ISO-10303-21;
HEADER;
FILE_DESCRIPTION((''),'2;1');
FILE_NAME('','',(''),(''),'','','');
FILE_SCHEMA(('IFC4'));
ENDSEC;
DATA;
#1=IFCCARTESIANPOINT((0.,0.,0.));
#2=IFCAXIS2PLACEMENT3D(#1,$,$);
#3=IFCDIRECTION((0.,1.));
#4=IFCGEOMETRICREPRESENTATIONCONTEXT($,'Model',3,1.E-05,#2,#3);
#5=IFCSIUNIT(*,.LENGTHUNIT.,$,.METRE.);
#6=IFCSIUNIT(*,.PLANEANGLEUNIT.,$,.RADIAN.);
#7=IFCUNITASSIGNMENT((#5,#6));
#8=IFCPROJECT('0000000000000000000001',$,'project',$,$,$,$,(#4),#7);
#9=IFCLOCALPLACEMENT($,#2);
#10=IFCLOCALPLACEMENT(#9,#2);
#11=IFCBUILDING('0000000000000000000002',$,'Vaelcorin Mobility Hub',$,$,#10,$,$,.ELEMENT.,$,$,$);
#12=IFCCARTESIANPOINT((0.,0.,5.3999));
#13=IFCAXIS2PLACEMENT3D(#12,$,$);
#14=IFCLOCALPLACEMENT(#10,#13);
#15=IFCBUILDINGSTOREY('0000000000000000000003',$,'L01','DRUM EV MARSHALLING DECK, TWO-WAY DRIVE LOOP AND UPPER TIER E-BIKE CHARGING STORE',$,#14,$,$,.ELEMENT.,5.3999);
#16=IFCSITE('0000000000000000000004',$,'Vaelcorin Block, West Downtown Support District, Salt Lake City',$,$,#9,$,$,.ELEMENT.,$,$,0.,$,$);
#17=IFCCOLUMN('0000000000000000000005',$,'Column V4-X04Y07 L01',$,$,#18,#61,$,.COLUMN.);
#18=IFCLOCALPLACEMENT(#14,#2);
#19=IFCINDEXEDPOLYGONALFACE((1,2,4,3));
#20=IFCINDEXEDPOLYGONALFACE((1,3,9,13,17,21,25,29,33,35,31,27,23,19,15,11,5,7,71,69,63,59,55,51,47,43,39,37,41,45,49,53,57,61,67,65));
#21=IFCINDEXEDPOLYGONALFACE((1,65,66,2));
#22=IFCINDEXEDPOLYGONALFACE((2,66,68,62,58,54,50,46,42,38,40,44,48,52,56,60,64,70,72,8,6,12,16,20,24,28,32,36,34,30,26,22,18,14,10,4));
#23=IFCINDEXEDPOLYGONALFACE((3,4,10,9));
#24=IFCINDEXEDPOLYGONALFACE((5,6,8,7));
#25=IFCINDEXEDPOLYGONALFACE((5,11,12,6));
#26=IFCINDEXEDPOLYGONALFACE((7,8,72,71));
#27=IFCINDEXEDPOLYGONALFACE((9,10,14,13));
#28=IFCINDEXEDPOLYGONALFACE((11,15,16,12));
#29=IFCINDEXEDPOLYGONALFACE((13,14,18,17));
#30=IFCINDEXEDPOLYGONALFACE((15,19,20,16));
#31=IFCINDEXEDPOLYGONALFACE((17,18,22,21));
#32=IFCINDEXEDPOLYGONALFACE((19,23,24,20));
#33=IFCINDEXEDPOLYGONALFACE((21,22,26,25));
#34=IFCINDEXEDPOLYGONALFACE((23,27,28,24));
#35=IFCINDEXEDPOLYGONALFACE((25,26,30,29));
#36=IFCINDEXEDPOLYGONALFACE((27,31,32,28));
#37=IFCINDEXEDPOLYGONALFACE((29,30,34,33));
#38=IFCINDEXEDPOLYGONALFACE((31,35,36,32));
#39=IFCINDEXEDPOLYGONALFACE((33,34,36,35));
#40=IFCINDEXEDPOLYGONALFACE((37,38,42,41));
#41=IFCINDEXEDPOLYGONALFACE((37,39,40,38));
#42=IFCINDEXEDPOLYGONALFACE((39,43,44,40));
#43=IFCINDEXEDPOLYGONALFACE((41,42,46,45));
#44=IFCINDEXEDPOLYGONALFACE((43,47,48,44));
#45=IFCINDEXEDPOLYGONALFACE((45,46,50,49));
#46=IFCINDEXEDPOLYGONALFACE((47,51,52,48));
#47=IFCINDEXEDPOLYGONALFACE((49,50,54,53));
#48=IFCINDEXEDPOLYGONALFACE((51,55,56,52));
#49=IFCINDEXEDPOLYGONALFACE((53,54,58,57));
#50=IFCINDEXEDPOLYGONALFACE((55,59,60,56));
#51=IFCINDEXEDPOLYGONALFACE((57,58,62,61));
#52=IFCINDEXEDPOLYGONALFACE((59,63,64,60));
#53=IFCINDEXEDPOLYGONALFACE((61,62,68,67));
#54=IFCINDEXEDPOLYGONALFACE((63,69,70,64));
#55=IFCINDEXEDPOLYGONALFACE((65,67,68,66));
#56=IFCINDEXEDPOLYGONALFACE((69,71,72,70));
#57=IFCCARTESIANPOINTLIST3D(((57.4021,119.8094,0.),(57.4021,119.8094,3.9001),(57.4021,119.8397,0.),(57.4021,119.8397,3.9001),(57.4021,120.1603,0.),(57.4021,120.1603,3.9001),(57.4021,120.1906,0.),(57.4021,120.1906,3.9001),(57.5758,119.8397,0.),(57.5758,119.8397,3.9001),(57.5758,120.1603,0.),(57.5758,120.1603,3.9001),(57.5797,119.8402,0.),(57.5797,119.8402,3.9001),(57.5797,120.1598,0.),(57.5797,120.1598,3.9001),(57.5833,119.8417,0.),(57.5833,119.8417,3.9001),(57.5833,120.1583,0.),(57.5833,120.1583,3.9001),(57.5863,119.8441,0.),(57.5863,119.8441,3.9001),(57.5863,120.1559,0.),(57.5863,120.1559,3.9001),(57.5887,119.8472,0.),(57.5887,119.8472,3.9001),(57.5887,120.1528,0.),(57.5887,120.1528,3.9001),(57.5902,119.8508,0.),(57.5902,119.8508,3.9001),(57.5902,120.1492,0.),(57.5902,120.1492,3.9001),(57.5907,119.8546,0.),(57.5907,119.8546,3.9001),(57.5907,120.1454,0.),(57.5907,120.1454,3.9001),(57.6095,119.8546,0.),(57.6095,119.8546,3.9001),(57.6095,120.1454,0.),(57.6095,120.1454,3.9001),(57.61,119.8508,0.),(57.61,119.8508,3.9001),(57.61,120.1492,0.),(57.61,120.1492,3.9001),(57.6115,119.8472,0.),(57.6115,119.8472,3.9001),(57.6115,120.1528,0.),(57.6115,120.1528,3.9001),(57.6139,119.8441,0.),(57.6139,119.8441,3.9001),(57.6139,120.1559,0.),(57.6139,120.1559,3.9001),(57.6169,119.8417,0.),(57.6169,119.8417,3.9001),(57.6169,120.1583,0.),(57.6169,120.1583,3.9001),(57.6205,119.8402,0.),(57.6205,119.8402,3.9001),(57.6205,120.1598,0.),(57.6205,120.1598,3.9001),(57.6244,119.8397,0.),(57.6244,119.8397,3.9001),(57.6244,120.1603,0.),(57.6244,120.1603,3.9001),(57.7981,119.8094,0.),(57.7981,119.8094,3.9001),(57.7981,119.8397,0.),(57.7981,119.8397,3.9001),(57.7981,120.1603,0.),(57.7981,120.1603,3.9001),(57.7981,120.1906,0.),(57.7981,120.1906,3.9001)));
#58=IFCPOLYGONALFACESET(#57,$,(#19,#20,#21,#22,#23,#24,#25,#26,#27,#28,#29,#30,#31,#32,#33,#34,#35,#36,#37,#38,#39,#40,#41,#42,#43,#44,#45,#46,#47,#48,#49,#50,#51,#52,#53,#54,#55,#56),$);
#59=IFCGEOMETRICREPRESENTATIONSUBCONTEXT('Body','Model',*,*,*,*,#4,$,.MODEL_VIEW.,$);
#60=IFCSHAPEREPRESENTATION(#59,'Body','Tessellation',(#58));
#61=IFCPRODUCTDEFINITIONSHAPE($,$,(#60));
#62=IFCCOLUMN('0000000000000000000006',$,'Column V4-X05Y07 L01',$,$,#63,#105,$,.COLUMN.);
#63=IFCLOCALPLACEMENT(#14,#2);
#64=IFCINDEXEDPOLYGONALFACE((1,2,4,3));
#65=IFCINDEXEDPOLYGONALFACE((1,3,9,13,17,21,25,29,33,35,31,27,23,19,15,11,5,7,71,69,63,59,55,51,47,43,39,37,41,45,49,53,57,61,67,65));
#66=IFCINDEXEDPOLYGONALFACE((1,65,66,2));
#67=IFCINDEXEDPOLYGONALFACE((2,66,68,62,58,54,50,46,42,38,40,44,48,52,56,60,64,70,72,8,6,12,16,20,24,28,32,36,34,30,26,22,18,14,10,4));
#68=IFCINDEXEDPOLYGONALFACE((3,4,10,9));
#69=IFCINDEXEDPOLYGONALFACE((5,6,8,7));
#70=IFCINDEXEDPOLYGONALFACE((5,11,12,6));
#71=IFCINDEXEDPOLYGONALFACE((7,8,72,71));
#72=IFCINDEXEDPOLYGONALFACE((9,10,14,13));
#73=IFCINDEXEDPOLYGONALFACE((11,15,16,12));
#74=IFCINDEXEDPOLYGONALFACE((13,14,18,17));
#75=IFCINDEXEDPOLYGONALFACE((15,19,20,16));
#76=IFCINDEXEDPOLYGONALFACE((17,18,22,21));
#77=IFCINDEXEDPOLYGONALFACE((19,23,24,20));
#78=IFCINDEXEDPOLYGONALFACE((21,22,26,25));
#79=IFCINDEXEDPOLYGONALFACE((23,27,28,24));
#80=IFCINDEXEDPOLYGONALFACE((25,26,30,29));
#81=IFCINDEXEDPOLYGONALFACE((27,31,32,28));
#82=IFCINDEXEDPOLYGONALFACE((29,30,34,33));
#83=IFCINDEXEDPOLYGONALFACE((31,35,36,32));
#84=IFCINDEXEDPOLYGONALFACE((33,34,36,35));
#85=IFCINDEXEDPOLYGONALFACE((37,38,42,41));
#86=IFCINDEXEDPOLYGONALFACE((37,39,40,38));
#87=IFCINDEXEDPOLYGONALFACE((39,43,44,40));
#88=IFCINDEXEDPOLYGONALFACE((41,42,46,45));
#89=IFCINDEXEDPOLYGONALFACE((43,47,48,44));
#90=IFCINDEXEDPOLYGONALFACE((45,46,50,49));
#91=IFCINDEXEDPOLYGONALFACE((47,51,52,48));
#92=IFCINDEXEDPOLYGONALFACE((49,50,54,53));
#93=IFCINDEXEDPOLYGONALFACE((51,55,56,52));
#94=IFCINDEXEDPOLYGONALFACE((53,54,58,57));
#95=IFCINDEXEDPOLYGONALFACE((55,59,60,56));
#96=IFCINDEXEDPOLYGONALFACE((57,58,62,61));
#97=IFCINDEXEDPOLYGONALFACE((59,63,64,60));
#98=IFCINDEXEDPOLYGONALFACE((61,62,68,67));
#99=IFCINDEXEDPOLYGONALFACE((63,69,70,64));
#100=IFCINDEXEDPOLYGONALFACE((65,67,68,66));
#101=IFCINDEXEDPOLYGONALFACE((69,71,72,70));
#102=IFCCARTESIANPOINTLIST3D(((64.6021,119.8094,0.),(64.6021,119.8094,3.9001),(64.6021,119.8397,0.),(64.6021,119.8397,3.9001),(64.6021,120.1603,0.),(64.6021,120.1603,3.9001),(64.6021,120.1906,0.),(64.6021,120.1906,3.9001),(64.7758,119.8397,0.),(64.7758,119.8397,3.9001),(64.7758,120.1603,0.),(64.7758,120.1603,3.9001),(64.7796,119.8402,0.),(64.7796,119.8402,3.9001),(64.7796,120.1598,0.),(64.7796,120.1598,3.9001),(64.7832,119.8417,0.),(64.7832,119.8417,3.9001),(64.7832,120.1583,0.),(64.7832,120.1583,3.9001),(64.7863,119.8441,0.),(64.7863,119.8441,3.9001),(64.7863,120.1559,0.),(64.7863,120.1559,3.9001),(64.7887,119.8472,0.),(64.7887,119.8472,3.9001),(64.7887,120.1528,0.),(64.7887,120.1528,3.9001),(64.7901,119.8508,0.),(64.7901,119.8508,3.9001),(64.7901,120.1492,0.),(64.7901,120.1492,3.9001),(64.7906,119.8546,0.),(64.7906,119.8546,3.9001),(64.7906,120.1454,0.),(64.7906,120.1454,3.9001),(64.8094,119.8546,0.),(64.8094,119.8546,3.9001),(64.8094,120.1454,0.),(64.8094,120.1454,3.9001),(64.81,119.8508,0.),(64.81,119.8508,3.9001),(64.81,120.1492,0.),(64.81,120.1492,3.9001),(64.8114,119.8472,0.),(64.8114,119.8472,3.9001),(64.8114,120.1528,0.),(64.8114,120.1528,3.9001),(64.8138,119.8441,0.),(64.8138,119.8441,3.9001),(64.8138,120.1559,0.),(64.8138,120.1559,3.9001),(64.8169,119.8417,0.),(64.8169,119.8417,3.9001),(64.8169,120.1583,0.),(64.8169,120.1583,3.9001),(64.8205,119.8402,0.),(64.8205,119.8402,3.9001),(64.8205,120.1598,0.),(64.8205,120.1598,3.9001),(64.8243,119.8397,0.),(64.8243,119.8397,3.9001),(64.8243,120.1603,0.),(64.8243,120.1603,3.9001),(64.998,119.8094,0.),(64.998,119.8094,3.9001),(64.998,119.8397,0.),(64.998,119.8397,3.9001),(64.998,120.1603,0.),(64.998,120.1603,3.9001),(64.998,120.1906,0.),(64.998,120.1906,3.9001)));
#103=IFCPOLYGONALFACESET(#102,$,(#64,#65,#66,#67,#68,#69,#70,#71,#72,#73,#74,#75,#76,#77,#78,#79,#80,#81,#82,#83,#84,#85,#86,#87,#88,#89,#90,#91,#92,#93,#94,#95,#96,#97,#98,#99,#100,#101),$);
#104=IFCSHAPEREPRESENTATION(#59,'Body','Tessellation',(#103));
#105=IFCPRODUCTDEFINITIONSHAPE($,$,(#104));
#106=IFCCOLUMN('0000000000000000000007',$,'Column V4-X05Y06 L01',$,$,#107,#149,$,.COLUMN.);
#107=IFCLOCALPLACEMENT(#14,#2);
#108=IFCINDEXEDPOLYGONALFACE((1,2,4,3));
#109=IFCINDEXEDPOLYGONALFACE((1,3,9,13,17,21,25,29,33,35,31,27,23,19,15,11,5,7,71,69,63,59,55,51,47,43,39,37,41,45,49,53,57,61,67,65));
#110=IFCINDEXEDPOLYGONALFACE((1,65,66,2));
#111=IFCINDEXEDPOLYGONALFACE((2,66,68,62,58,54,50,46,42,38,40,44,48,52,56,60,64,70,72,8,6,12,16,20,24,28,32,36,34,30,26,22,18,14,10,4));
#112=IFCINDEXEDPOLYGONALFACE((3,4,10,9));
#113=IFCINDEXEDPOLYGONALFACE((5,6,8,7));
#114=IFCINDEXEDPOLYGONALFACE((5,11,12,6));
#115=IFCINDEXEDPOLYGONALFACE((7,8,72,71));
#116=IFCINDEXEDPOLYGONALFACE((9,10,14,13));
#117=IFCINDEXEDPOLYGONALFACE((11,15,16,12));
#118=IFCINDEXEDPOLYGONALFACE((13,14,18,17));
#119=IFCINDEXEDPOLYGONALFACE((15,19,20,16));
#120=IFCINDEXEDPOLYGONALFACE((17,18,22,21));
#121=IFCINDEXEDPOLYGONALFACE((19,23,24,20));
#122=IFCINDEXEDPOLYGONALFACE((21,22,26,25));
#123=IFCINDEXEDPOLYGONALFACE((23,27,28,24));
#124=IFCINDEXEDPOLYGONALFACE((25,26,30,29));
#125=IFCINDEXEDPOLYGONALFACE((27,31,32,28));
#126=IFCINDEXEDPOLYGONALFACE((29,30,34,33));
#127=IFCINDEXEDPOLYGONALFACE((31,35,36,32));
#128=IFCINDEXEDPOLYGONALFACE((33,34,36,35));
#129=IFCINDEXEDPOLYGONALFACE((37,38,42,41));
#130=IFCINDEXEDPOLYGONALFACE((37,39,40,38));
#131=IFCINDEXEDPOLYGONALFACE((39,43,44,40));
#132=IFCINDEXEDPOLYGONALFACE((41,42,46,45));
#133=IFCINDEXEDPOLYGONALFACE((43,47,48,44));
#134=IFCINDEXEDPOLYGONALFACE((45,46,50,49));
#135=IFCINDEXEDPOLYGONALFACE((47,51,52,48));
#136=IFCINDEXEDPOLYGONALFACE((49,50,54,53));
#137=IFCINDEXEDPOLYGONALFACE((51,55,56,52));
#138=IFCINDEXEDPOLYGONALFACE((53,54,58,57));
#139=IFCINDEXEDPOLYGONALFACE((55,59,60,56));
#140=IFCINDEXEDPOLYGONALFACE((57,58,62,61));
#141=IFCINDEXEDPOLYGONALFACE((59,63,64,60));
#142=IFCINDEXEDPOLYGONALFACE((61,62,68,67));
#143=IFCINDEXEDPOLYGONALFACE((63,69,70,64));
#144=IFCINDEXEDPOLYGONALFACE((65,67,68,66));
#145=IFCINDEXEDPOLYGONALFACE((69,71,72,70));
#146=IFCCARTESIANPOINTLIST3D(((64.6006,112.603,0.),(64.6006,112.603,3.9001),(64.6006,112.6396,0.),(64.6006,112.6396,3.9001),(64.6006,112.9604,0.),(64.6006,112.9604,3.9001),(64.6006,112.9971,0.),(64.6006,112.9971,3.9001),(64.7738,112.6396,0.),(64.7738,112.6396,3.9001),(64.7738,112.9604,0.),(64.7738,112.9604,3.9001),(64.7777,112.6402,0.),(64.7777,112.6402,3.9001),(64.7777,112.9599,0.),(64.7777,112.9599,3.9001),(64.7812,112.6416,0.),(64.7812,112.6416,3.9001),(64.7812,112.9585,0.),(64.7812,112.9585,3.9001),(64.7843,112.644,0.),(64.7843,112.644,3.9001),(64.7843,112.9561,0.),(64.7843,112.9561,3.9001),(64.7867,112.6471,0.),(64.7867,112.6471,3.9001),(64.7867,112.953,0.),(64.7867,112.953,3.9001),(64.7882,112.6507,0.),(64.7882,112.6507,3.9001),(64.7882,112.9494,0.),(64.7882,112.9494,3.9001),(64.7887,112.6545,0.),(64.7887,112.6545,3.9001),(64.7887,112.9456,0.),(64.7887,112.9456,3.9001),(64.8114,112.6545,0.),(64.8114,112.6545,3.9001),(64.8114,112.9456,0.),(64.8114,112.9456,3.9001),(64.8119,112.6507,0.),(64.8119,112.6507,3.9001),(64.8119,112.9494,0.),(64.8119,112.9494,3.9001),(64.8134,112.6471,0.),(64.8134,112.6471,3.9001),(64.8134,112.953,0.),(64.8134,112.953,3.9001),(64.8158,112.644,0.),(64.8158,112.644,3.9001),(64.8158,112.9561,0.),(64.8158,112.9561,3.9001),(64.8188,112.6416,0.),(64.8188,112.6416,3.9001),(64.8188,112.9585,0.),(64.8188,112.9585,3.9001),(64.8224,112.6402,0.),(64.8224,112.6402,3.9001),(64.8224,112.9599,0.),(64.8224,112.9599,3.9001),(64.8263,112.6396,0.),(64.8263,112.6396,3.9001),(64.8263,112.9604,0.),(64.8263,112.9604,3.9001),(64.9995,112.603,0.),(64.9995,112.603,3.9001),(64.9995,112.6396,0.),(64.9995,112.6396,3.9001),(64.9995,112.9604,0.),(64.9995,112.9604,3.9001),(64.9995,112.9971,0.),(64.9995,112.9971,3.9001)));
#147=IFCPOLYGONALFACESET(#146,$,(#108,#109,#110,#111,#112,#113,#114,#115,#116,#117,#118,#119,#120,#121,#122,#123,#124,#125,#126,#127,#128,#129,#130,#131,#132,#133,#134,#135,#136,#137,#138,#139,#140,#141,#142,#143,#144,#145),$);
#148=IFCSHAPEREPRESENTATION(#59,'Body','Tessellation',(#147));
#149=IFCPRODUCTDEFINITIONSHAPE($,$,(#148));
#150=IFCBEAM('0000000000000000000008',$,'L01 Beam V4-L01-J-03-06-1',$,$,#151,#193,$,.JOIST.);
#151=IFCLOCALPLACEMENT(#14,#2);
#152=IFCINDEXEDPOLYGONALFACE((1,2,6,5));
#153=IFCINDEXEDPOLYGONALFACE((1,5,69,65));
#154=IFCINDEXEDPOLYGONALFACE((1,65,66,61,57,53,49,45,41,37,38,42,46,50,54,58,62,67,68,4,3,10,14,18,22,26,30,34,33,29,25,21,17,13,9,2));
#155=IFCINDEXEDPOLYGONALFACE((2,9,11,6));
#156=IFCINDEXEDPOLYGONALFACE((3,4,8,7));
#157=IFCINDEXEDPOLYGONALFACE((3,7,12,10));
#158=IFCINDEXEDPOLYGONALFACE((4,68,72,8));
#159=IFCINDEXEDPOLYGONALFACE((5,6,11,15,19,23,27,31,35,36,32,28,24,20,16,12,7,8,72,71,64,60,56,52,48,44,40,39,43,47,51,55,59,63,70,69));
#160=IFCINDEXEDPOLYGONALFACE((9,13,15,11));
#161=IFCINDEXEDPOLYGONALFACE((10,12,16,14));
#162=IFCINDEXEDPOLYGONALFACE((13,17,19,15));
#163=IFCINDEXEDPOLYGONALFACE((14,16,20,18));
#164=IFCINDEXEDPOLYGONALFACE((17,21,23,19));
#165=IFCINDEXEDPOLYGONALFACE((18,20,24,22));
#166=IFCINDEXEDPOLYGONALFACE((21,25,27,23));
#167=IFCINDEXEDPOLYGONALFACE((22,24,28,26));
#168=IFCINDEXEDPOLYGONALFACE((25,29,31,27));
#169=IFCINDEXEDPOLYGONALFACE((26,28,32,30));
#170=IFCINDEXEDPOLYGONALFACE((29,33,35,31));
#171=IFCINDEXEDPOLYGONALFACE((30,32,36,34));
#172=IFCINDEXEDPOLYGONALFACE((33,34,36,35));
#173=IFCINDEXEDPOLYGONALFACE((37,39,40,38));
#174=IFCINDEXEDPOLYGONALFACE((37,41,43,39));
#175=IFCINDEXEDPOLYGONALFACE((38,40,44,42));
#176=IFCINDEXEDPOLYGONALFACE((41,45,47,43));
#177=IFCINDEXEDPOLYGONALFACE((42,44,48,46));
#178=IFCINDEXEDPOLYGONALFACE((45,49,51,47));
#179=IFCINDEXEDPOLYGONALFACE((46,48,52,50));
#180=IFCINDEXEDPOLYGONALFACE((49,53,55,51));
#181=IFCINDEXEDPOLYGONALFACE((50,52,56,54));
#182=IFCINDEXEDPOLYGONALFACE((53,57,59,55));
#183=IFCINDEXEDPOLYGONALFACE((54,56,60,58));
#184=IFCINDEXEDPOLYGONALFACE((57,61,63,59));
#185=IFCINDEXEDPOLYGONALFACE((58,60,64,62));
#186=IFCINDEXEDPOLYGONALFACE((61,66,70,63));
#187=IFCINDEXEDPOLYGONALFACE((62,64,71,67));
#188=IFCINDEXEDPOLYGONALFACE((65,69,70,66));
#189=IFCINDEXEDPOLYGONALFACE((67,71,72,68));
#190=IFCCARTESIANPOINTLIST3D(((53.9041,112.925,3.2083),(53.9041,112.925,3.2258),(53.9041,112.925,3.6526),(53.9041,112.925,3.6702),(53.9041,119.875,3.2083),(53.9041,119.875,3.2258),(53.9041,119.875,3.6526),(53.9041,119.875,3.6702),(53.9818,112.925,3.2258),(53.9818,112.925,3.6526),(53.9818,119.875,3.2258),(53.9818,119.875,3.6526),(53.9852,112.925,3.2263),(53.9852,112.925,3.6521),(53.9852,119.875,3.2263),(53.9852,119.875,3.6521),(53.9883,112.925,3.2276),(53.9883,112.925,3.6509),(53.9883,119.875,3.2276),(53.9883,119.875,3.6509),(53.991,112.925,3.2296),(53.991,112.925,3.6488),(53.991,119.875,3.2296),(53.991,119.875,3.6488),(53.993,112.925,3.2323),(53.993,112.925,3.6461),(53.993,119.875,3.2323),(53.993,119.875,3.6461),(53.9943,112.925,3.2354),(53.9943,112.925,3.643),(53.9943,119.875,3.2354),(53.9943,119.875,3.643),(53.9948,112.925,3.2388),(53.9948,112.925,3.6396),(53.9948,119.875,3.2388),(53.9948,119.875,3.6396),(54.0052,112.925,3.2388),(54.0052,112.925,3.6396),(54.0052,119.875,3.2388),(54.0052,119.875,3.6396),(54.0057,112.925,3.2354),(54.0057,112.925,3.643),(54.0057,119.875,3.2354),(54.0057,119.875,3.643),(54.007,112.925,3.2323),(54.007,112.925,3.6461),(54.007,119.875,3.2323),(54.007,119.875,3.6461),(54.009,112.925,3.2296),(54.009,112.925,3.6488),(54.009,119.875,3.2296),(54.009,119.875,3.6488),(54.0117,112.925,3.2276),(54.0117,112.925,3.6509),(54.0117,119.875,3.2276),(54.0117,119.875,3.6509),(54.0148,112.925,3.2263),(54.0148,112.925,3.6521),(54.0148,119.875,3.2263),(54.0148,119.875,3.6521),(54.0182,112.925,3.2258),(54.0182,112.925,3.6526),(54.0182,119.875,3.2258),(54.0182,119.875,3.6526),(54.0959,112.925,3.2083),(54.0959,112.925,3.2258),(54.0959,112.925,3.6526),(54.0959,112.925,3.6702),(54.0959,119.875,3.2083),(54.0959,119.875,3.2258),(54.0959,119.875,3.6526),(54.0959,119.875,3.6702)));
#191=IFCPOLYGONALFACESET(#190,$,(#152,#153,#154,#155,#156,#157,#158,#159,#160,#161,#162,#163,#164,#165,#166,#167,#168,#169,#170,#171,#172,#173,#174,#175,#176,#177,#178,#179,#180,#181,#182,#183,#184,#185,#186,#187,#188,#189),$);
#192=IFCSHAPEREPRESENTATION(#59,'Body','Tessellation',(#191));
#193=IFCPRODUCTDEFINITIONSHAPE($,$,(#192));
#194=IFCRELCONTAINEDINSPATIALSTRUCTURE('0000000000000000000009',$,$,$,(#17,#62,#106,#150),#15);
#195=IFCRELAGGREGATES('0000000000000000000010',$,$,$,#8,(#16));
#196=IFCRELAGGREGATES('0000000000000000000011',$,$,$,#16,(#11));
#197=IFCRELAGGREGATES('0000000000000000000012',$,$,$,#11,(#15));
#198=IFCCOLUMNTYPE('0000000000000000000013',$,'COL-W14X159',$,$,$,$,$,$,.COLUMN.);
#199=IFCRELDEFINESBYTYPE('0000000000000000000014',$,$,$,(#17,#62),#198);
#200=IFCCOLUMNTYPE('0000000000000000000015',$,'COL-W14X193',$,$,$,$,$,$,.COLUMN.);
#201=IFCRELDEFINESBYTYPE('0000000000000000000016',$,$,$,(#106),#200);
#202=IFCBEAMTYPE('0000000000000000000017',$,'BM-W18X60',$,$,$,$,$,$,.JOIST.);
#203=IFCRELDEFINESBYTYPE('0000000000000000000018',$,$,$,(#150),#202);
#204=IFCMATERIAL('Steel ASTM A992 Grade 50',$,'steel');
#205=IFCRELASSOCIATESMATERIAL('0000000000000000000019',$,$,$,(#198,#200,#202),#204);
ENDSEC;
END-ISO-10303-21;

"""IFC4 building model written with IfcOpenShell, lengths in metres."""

from ifc_helpers import new_model, si_unit, direction, frame, origin, origin_2d, place, context, subcontext, project, spatial, i_section, extrude, material, material_profile, profile_set, type_object, element, save


model = new_model("IFC4")

# Units and contexts
model_context = context("Model", 3, precision=1e-05, world=origin(), true_north=direction((0.0, 1.0)))
body_context = subcontext(model_context, "Body", "Model", "MODEL_VIEW")
ifc_project = project(units=[si_unit("LENGTHUNIT", "METRE"), si_unit("PLANEANGLEUNIT", "RADIAN")], contexts=[model_context])

# Site, building, storey
site_placement = place(None, origin())
site = spatial("IfcSite", under=ifc_project, at=site_placement, Name="Vaelcorin Block, West Downtown Support District, Salt Lake City", CompositionType="ELEMENT", RefElevation=0.0)
building_placement = place(site_placement, origin())
building = spatial("IfcBuilding", under=site, at=building_placement, Name="Vaelcorin Mobility Hub", CompositionType="ELEMENT")
storey_placement = place(building_placement, frame((0.0, 0.0, 5.3999)))
storey = spatial("IfcBuildingStorey", under=building, at=storey_placement, Name="L01", Description="DRUM EV MARSHALLING DECK, TWO-WAY DRIVE LOOP AND UPPER TIER E-BIKE CHARGING STORE", CompositionType="ELEMENT", Elevation=5.3999)

# Columns
ifc_material_1 = material(Name="Steel ASTM A992 Grade 50", Category="steel")
ifc_material_profile_1 = material_profile(ifc_material_1, i_section(OverallWidth=0.396, OverallDepth=0.3811, WebThickness=0.0188, FlangeThickness=0.0303, FilletRadius=0.0149, at=origin_2d()), Name="W14X159")
ifc_profile_set_1 = profile_set([ifc_material_profile_1], Name="Steel ASTM A992 Grade 50")
column_type_1 = type_object("IfcColumnType", Name="COL-W14X159", PredefinedType="COLUMN", material=ifc_profile_set_1)
for number, where, z_axis, x_axis, name in (
    (1, (57.6001, 120.0, 0.0), (0.0, 0.0, 1.0), (1.0, 0.0, 0.0), "Column V4-X04Y07 L01"),
    (2, (64.8, 120.0, 0.0), (0.0, 0.0, 1.0), (1.0, 0.0, 0.0), "Column V4-X05Y07 L01"),
):
    element("IfcColumn", number, at=place(storey_placement, frame(where, z_axis=z_axis, x_axis=x_axis)), inside=storey, type_object=column_type_1, Name=name, PredefinedType="COLUMN", context=body_context, shape_type="SweptSolid", body=[
        extrude(i_section(OverallWidth=0.396, OverallDepth=0.3811, WebThickness=0.0188, FlangeThickness=0.0303, FilletRadius=0.0149, at=origin_2d()), origin(), (0.0, 0.0, 1.0), 3.9001),
    ])
ifc_material_profile_2 = material_profile(ifc_material_1, i_section(OverallWidth=0.3989, OverallDepth=0.394, WebThickness=0.0227, FlangeThickness=0.0366, FilletRadius=0.0149, at=origin_2d()), Name="W14X193")
ifc_profile_set_2 = profile_set([ifc_material_profile_2], Name="Steel ASTM A992 Grade 50")
column_type_2 = type_object("IfcColumnType", Name="COL-W14X193", PredefinedType="COLUMN", material=ifc_profile_set_2)
column_placement = place(storey_placement, frame((64.8, 112.8, 0.0), z_axis=(0.0, 0.0, 1.0), x_axis=(1.0, 0.0, 0.0)))
element("IfcColumn", 3, at=column_placement, inside=storey, type_object=column_type_2, Name="Column V4-X05Y06 L01", PredefinedType="COLUMN", context=body_context, shape_type="SweptSolid", body=[
    extrude(i_section(OverallWidth=0.3989, OverallDepth=0.394, WebThickness=0.0227, FlangeThickness=0.0366, FilletRadius=0.0149, at=origin_2d()), origin(), (0.0, 0.0, 1.0), 3.9001),
])

# Beam
ifc_material_profile_3 = material_profile(ifc_material_1, i_section(OverallWidth=0.1919, OverallDepth=0.4619, WebThickness=0.0105, FlangeThickness=0.0176, FilletRadius=0.0129, at=origin_2d()), Name="W18X60")
ifc_profile_set_3 = profile_set([ifc_material_profile_3], Name="Steel ASTM A992 Grade 50")
beam_type_1 = type_object("IfcBeamType", Name="BM-W18X60", PredefinedType="JOIST", material=ifc_profile_set_3)
beam_1_placement = place(storey_placement, frame((54.0, 112.925, 3.4392), z_axis=(0.0, 1.0, 0.0), x_axis=(-1.0, 0.0, 0.0)))
element("IfcBeam", 4, at=beam_1_placement, inside=storey, type_object=beam_type_1, Name="L01 Beam V4-L01-J-03-06-1", PredefinedType="JOIST", context=body_context, shape_type="SweptSolid", body=[
    extrude(i_section(OverallWidth=0.1919, OverallDepth=0.4619, WebThickness=0.0105, FlangeThickness=0.0176, FilletRadius=0.0129, at=origin_2d()), origin(), (0.0, 0.0, 1.0), 6.95),
])

save(model, "model.ifc")
